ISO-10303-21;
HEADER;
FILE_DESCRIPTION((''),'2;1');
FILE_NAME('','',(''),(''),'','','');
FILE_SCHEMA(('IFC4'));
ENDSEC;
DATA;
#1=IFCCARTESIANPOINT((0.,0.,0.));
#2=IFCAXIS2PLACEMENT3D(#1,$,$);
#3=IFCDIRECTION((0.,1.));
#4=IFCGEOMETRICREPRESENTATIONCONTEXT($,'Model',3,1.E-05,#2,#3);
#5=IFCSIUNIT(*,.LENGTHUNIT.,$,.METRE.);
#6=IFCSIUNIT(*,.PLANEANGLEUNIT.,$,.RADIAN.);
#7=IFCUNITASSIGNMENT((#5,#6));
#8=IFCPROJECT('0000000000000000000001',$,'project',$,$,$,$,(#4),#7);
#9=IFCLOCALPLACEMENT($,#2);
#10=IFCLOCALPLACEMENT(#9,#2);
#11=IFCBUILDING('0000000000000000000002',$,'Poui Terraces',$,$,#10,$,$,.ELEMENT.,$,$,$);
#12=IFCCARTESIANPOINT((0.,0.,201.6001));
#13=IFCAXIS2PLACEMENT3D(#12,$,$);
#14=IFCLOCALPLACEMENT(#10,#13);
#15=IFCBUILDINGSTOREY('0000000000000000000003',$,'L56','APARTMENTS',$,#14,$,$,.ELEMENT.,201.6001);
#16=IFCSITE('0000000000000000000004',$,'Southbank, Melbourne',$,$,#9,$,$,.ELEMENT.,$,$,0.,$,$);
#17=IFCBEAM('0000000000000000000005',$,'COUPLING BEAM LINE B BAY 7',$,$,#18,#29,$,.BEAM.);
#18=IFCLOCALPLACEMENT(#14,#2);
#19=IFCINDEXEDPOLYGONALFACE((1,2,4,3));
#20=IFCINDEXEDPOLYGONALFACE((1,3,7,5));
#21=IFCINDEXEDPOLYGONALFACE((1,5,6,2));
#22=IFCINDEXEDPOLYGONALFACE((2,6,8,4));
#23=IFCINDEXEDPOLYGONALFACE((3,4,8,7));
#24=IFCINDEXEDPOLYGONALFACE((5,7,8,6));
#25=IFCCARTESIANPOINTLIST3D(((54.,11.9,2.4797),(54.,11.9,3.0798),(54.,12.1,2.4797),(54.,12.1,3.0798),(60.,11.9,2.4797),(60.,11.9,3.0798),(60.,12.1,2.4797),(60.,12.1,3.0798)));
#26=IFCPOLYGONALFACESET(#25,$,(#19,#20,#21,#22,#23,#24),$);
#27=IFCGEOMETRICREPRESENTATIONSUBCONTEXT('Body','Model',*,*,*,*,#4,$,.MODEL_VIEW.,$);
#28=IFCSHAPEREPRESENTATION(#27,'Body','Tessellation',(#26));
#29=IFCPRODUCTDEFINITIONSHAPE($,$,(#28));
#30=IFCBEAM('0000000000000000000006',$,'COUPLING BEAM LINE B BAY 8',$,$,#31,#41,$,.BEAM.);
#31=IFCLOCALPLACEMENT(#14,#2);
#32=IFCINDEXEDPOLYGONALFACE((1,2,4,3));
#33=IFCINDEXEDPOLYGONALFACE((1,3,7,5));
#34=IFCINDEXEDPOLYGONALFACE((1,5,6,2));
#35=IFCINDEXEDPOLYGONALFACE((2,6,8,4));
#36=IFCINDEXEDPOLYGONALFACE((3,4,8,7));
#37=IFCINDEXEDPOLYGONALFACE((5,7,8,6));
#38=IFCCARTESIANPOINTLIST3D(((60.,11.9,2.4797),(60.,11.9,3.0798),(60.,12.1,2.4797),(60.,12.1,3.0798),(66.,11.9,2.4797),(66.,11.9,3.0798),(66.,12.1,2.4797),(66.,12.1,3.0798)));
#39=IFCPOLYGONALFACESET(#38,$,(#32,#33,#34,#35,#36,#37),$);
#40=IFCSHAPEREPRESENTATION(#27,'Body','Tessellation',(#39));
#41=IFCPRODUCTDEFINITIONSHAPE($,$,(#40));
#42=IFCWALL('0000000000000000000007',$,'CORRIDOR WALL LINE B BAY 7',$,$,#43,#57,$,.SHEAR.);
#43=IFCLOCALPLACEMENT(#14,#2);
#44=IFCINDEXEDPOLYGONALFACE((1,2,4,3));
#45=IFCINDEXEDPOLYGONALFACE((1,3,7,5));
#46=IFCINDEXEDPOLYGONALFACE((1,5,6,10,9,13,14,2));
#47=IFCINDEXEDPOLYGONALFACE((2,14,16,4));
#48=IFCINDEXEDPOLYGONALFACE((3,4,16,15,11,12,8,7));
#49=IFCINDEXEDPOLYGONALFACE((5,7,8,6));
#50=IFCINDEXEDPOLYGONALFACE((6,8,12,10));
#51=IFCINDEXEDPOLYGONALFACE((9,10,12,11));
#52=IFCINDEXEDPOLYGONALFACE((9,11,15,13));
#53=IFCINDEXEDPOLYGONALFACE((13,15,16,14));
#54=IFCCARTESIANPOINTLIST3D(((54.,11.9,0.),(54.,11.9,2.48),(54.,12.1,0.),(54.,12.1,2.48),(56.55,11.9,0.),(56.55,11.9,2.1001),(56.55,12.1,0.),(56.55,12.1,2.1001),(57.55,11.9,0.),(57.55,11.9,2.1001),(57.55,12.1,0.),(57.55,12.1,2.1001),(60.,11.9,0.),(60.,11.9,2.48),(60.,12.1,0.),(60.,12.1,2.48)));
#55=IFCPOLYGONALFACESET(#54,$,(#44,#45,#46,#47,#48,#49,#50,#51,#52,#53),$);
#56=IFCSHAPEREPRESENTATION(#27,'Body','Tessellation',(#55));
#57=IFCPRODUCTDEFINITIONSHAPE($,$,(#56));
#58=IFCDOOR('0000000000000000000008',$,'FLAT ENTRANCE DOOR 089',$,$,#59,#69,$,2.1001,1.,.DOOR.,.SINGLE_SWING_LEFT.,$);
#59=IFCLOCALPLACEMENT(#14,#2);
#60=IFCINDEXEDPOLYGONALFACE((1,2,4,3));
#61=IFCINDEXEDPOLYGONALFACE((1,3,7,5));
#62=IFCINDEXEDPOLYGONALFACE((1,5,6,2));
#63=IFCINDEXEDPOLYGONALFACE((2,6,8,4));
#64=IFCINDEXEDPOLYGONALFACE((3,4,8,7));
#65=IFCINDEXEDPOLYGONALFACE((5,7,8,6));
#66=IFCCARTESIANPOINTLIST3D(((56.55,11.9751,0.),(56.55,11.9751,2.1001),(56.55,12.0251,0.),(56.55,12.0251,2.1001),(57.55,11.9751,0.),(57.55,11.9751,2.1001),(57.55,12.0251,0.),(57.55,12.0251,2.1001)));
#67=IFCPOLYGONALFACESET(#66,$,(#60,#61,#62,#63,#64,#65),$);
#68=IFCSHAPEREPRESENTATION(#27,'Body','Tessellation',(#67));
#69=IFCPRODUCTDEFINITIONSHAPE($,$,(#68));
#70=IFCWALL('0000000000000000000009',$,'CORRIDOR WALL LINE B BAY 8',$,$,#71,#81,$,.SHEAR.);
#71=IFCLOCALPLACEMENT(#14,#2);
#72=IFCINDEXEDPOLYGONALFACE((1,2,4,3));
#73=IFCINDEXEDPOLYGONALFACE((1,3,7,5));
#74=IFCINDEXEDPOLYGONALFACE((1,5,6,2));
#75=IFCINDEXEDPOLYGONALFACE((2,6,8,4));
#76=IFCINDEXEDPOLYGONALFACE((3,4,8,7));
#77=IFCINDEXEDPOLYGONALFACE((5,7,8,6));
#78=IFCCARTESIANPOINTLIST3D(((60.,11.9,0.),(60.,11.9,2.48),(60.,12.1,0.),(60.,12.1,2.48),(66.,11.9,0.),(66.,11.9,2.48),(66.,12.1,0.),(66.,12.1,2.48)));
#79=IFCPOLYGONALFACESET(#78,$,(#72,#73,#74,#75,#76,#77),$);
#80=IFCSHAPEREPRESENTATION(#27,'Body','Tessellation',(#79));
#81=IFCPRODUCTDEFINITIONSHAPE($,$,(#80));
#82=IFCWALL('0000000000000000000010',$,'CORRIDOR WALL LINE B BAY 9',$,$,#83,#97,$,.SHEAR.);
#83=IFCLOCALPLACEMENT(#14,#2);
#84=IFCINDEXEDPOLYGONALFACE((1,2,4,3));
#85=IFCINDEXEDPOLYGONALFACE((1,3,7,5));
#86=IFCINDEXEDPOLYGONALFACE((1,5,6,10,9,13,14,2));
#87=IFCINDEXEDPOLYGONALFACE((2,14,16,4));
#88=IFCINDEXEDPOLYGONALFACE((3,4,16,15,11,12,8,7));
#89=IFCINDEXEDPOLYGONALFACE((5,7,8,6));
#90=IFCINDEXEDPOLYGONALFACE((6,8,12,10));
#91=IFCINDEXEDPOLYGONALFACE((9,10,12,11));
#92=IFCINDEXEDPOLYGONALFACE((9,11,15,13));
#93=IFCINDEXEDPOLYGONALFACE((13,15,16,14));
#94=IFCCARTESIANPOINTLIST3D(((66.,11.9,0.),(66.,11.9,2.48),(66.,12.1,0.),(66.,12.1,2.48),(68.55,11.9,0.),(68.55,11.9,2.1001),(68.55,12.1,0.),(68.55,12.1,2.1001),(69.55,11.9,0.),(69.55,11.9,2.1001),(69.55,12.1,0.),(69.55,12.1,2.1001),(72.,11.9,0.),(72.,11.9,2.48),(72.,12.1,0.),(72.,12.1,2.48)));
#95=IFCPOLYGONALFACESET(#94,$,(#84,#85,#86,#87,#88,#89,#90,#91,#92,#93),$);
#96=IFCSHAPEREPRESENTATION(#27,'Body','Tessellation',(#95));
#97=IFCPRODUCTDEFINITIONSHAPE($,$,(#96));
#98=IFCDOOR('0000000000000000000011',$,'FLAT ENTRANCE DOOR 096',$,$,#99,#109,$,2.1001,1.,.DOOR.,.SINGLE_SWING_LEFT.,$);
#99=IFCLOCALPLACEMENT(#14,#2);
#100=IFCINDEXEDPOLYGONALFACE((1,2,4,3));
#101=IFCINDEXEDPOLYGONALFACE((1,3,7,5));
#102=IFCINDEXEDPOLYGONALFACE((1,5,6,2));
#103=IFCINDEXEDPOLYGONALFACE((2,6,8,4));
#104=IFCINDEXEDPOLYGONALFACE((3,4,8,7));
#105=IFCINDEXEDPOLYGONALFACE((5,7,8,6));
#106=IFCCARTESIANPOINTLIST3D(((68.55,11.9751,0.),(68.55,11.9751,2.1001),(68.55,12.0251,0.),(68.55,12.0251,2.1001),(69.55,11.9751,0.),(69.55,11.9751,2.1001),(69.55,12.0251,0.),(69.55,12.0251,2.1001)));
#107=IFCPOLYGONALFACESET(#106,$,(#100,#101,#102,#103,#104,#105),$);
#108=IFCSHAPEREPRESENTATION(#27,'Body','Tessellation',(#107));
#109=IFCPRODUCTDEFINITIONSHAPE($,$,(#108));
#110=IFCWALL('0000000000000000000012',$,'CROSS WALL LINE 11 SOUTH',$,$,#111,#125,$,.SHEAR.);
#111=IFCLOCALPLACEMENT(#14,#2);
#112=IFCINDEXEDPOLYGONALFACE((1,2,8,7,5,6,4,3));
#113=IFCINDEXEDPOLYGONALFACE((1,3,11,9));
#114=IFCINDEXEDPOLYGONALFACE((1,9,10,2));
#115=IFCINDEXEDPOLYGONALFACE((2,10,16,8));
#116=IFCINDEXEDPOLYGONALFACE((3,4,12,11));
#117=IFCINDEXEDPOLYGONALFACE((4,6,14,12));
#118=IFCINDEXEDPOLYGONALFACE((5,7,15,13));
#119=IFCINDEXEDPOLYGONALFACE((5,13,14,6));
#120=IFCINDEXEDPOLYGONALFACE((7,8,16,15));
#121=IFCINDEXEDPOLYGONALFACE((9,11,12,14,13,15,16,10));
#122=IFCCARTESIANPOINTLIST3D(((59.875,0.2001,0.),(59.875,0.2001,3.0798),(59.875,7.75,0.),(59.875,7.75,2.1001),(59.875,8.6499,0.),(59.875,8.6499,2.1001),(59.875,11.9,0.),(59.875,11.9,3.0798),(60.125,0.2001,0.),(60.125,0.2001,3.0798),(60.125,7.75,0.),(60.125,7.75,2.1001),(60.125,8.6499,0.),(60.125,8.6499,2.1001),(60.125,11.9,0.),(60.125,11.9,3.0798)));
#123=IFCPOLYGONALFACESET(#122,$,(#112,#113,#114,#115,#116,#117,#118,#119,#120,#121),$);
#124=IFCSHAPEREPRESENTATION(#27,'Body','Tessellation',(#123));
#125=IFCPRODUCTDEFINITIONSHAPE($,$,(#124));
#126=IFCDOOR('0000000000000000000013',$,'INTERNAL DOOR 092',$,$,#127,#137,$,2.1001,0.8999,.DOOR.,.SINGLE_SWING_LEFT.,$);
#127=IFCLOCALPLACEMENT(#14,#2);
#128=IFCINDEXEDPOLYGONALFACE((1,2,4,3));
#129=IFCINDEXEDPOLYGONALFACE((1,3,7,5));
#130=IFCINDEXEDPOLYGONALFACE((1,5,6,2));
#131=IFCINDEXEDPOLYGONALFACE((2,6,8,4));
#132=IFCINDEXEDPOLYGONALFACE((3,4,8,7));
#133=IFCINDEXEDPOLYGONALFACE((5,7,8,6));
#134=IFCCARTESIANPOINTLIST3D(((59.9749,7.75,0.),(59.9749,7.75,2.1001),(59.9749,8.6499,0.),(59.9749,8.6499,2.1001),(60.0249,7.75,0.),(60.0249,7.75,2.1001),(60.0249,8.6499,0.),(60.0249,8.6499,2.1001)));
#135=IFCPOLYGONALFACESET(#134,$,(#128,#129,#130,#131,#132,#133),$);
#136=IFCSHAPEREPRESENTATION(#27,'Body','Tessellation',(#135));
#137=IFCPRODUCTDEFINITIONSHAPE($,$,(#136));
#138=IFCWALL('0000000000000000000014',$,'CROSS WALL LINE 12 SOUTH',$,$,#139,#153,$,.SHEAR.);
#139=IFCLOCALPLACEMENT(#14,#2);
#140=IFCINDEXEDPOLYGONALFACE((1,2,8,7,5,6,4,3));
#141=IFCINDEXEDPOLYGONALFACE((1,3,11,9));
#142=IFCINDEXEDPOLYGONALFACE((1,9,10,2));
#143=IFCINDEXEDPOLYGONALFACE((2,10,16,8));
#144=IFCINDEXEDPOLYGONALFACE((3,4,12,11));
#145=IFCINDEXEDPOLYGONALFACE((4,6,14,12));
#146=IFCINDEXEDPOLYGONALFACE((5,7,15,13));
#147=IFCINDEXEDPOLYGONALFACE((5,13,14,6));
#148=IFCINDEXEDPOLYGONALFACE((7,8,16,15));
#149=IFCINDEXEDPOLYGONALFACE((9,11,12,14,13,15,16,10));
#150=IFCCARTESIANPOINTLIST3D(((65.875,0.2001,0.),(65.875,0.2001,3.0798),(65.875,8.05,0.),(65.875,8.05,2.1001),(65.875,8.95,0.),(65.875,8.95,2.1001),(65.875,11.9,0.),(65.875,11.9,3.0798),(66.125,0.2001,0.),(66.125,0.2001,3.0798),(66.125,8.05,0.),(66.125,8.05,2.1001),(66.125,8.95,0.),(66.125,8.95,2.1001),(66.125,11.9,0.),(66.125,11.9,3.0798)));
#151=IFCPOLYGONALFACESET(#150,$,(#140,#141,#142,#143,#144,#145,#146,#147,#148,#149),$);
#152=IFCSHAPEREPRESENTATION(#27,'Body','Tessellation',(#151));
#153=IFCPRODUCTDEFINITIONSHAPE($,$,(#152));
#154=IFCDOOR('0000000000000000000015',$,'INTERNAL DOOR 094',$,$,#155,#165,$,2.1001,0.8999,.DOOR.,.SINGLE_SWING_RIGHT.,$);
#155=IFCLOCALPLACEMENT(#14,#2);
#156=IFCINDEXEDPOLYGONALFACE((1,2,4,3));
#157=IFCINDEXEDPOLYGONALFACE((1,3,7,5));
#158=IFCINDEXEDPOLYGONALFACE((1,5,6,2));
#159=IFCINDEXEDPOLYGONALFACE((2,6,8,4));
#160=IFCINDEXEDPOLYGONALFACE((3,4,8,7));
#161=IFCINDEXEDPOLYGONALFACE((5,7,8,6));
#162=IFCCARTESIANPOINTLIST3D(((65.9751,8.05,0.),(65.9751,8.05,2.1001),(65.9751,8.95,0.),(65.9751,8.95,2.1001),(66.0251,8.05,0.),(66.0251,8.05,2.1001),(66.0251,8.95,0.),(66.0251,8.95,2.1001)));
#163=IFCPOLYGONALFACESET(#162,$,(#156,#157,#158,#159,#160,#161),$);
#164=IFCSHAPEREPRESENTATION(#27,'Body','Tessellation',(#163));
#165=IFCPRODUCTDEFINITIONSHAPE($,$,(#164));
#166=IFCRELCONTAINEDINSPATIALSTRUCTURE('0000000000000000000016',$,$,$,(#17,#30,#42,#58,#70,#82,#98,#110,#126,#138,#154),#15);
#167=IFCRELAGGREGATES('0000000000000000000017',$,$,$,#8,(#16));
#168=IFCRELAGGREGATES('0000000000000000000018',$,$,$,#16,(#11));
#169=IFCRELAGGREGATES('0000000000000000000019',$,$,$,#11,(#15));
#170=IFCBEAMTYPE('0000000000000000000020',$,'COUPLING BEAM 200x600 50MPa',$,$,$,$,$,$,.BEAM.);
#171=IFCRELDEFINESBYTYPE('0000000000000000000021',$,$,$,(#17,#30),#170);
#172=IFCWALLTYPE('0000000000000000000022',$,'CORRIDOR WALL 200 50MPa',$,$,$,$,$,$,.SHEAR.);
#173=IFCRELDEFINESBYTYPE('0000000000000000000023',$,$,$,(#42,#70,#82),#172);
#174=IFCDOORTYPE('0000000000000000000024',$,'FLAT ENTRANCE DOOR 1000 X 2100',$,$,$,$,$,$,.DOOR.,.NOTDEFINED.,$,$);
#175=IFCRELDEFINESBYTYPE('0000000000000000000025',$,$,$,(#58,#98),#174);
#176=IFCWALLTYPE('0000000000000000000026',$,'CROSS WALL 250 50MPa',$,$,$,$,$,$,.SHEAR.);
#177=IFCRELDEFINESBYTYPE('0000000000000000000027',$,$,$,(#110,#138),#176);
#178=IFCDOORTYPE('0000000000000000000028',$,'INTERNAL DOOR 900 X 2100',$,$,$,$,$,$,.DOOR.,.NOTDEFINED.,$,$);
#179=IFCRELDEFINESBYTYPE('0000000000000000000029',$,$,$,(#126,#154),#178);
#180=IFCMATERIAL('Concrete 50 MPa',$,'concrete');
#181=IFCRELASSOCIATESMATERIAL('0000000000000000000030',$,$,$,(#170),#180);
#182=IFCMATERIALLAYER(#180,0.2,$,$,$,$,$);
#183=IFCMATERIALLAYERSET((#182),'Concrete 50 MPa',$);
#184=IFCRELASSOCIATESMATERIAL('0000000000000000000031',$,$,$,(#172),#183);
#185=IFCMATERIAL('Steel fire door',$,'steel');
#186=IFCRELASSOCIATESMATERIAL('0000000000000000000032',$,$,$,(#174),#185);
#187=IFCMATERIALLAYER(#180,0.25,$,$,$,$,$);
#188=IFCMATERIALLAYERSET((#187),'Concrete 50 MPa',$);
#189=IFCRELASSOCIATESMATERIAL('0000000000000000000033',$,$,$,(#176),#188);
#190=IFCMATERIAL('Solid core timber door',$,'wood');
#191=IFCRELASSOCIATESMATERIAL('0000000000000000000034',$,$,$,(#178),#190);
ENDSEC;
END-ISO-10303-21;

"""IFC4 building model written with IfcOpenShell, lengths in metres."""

from ifc_helpers import new_model, si_unit, direction, frame, frame_2d, origin, origin_2d, place, context, subcontext, project, spatial, rectangle, extrude, source, transform, mapped, material, layer, layer_set, material_profile, profile_set, type_object, element, fill, save


model = new_model("IFC4")

# Units and contexts
model_context = context("Model", 3, precision=1e-05, world=origin(), true_north=direction((0.0, 1.0)))
body_context = subcontext(model_context, "Body", "Model", "MODEL_VIEW")
ifc_project = project(units=[si_unit("LENGTHUNIT", "METRE"), si_unit("PLANEANGLEUNIT", "RADIAN")], contexts=[model_context])

# Site, building, storey
site_placement = place(None, origin())
site = spatial("IfcSite", under=ifc_project, at=site_placement, Name="Southbank, Melbourne", CompositionType="ELEMENT", RefElevation=0.0)
building_placement = place(site_placement, origin())
building = spatial("IfcBuilding", under=site, at=building_placement, Name="Poui Terraces", CompositionType="ELEMENT")
storey_placement = place(building_placement, frame((0.0, 0.0, 201.6001)))
storey = spatial("IfcBuildingStorey", under=building, at=storey_placement, Name="L56", Description="APARTMENTS", CompositionType="ELEMENT", Elevation=201.6001)

# Beams
ifc_material_1 = material(Name="Concrete 50 MPa", Category="concrete")
ifc_material_profile = material_profile(ifc_material_1, rectangle(XDim=0.2, YDim=0.6001, at=origin_2d()), Name="RC 200x600")
ifc_profile_set = profile_set([ifc_material_profile], Name="Concrete 50 MPa")
beam_type = type_object("IfcBeamType", Name="COUPLING BEAM 200x600 50MPa", PredefinedType="BEAM", material=ifc_profile_set)
shared_shape = source(origin(), body_context, "Body", "SweptSolid", [
    extrude(rectangle(XDim=0.2, YDim=0.6001, at=origin_2d()), origin(), (0.0, 0.0, 1.0), 6.0),
])
for number, where, z_axis, x_axis, name in (
    (1, (54.0, 12.0, 2.7798), (1.0, 0.0, 0.0), (0.0, 1.0, 0.0), "COUPLING BEAM LINE B BAY 7"),
    (2, (60.0, 12.0, 2.7798), (1.0, 0.0, 0.0), (0.0, 1.0, 0.0), "COUPLING BEAM LINE B BAY 8"),
):
    element("IfcBeam", number, at=place(storey_placement, frame(where, z_axis=z_axis, x_axis=x_axis)), inside=storey, type_object=beam_type, Name=name, PredefinedType="BEAM", context=body_context, shape_type="MappedRepresentation", body=[
        mapped(shared_shape, transform((0.0, 0.0, 0.0))),
    ])

# Wall, opening, door
ifc_layer_1 = layer(ifc_material_1, 0.2)
ifc_layer_set_1 = layer_set([ifc_layer_1], Name="Concrete 50 MPa")
wall_type_1 = type_object("IfcWallType", Name="CORRIDOR WALL 200 50MPa", PredefinedType="SHEAR", material=ifc_layer_set_1)
wall_1_placement = place(storey_placement, frame((54.0, 12.0, 0.0), z_axis=(0.0, 0.0, 1.0), x_axis=(1.0, 0.0, 0.0)))
wall_1 = element("IfcWall", 3, at=wall_1_placement, inside=storey, type_object=wall_type_1, Name="CORRIDOR WALL LINE B BAY 7", PredefinedType="SHEAR", context=body_context, shape_type="SweptSolid", body=[
    extrude(rectangle(XDim=6.0, YDim=0.2, at=frame_2d((3.0, 0.0))), origin(), (0.0, 0.0, 1.0), 2.48),
])
opening_1_placement = place(wall_1_placement, frame((2.55, 0.0, 0.0)))
opening_1 = element("IfcOpeningElement", 4, at=opening_1_placement, cuts=wall_1, PredefinedType="OPENING", context=body_context, shape_type="SweptSolid", body=[
    extrude(rectangle(XDim=1.0, YDim=2.1001, at=frame_2d((0.5, 1.05))), frame((0.0, 0.1099, 0.0), z_axis=(0.0, -1.0, 0.0), x_axis=(1.0, 0.0, 0.0)), (0.0, 0.0, 1.0), 0.22),
])
ifc_material_2 = material(Name="Steel fire door", Category="steel")
door_type_1 = type_object("IfcDoorType", Name="FLAT ENTRANCE DOOR 1000 X 2100", OperationType="NOTDEFINED", PredefinedType="DOOR", material=ifc_material_2)
door_1_placement = place(opening_1_placement, frame((1.0, 0.0, 0.0), z_axis=(0.0, 0.0, 1.0), x_axis=(-1.0, 0.0, 0.0)))
door_1 = element("IfcDoor", 5, at=door_1_placement, inside=storey, type_object=door_type_1, Name="FLAT ENTRANCE DOOR 089", OperationType="SINGLE_SWING_LEFT", OverallHeight=2.1001, OverallWidth=1.0, PredefinedType="DOOR", context=body_context, shape_type="SweptSolid", body=[
    extrude(rectangle(XDim=1.0, YDim=2.1001, at=frame_2d((0.5, 1.05))), frame((0.0, 0.0249, 0.0), z_axis=(0.0, -1.0, 0.0), x_axis=(1.0, 0.0, 0.0)), (0.0, 0.0, 1.0), 0.05),
])
fill(opening_1, door_1)

# Wall
wall_2_placement = place(storey_placement, frame((60.0, 12.0, 0.0), z_axis=(0.0, 0.0, 1.0), x_axis=(1.0, 0.0, 0.0)))
element("IfcWall", 6, at=wall_2_placement, inside=storey, type_object=wall_type_1, Name="CORRIDOR WALL LINE B BAY 8", PredefinedType="SHEAR", context=body_context, shape_type="SweptSolid", body=[
    extrude(rectangle(XDim=6.0, YDim=0.2, at=frame_2d((3.0, 0.0))), origin(), (0.0, 0.0, 1.0), 2.48),
])

# Walls, openings, doors
wall_3_placement = place(storey_placement, frame((66.0, 12.0, 0.0), z_axis=(0.0, 0.0, 1.0), x_axis=(1.0, 0.0, 0.0)))
wall_3 = element("IfcWall", 7, at=wall_3_placement, inside=storey, type_object=wall_type_1, Name="CORRIDOR WALL LINE B BAY 9", PredefinedType="SHEAR", context=body_context, shape_type="SweptSolid", body=[
    extrude(rectangle(XDim=6.0, YDim=0.2, at=frame_2d((3.0, 0.0))), origin(), (0.0, 0.0, 1.0), 2.48),
])
opening_2_placement = place(wall_3_placement, frame((2.55, 0.0, 0.0)))
opening_2 = element("IfcOpeningElement", 8, at=opening_2_placement, cuts=wall_3, PredefinedType="OPENING", context=body_context, shape_type="SweptSolid", body=[
    extrude(rectangle(XDim=1.0, YDim=2.1001, at=frame_2d((0.5, 1.05))), frame((0.0, 0.1099, 0.0), z_axis=(0.0, -1.0, 0.0), x_axis=(1.0, 0.0, 0.0)), (0.0, 0.0, 1.0), 0.22),
])
door_2_placement = place(opening_2_placement, frame((1.0, 0.0, 0.0), z_axis=(0.0, 0.0, 1.0), x_axis=(-1.0, 0.0, 0.0)))
door_2 = element("IfcDoor", 9, at=door_2_placement, inside=storey, type_object=door_type_1, Name="FLAT ENTRANCE DOOR 096", OperationType="SINGLE_SWING_LEFT", OverallHeight=2.1001, OverallWidth=1.0, PredefinedType="DOOR", context=body_context, shape_type="SweptSolid", body=[
    extrude(rectangle(XDim=1.0, YDim=2.1001, at=frame_2d((0.5, 1.05))), frame((0.0, 0.0249, 0.0), z_axis=(0.0, -1.0, 0.0), x_axis=(1.0, 0.0, 0.0)), (0.0, 0.0, 1.0), 0.05),
])
fill(opening_2, door_2)
ifc_layer_2 = layer(ifc_material_1, 0.25)
ifc_layer_set_2 = layer_set([ifc_layer_2], Name="Concrete 50 MPa")
wall_type_2 = type_object("IfcWallType", Name="CROSS WALL 250 50MPa", PredefinedType="SHEAR", material=ifc_layer_set_2)
wall_4_placement = place(storey_placement, frame((60.0, 0.2, 0.0), z_axis=(0.0, 0.0, 1.0), x_axis=(0.0, 1.0, 0.0)))
wall_4 = element("IfcWall", 10, at=wall_4_placement, inside=storey, type_object=wall_type_2, Name="CROSS WALL LINE 11 SOUTH", PredefinedType="SHEAR", context=body_context, shape_type="SweptSolid", body=[
    extrude(rectangle(XDim=11.7, YDim=0.25, at=frame_2d((5.8501, 0.0))), origin(), (0.0, 0.0, 1.0), 3.0798),
])
opening_3_placement = place(wall_4_placement, frame((7.55, 0.0, 0.0)))
opening_3 = element("IfcOpeningElement", 11, at=opening_3_placement, cuts=wall_4, PredefinedType="OPENING", context=body_context, shape_type="SweptSolid", body=[
    extrude(rectangle(XDim=0.8999, YDim=2.1001, at=frame_2d((0.45, 1.05))), frame((0.0, 0.135, 0.0), z_axis=(0.0, -1.0, 0.0), x_axis=(1.0, 0.0, 0.0)), (0.0, 0.0, 1.0), 0.27),
])
ifc_material_3 = material(Name="Solid core timber door", Category="wood")
door_type_2 = type_object("IfcDoorType", Name="INTERNAL DOOR 900 X 2100", OperationType="NOTDEFINED", PredefinedType="DOOR", material=ifc_material_3)
door_3_placement = place(opening_3_placement, frame((0.8999, 0.0, 0.0), z_axis=(0.0, 0.0, 1.0), x_axis=(-1.0, 0.0, 0.0)))
door_3 = element("IfcDoor", 12, at=door_3_placement, inside=storey, type_object=door_type_2, Name="INTERNAL DOOR 092", OperationType="SINGLE_SWING_LEFT", OverallHeight=2.1001, OverallWidth=0.8999, PredefinedType="DOOR", context=body_context, shape_type="SweptSolid", body=[
    extrude(rectangle(XDim=0.8999, YDim=2.1001, at=frame_2d((0.45, 1.05))), frame((0.0, 0.0249, 0.0), z_axis=(0.0, -1.0, 0.0), x_axis=(1.0, 0.0, 0.0)), (0.0, 0.0, 1.0), 0.05),
])
fill(opening_3, door_3)
wall_5_placement = place(storey_placement, frame((66.0, 0.2, 0.0), z_axis=(0.0, 0.0, 1.0), x_axis=(0.0, 1.0, 0.0)))
wall_5 = element("IfcWall", 13, at=wall_5_placement, inside=storey, type_object=wall_type_2, Name="CROSS WALL LINE 12 SOUTH", PredefinedType="SHEAR", context=body_context, shape_type="SweptSolid", body=[
    extrude(rectangle(XDim=11.7, YDim=0.25, at=frame_2d((5.8501, 0.0))), origin(), (0.0, 0.0, 1.0), 3.0798),
])
opening_4_placement = place(wall_5_placement, frame((7.8501, 0.0, 0.0)))
opening_4 = element("IfcOpeningElement", 14, at=opening_4_placement, cuts=wall_5, PredefinedType="OPENING", context=body_context, shape_type="SweptSolid", body=[
    extrude(rectangle(XDim=0.8999, YDim=2.1001, at=frame_2d((0.45, 1.05))), frame((0.0, 0.135, 0.0), z_axis=(0.0, -1.0, 0.0), x_axis=(1.0, 0.0, 0.0)), (0.0, 0.0, 1.0), 0.27),
])
door_4_placement = place(opening_4_placement, origin())
door_4 = element("IfcDoor", 15, at=door_4_placement, inside=storey, type_object=door_type_2, Name="INTERNAL DOOR 094", OperationType="SINGLE_SWING_RIGHT", OverallHeight=2.1001, OverallWidth=0.8999, PredefinedType="DOOR", context=body_context, shape_type="SweptSolid", body=[
    extrude(rectangle(XDim=0.8999, YDim=2.1001, at=frame_2d((0.45, 1.05))), frame((0.0, 0.0249, 0.0), z_axis=(0.0, -1.0, 0.0), x_axis=(1.0, 0.0, 0.0)), (0.0, 0.0, 1.0), 0.05),
])
fill(opening_4, door_4)

save(model, "model.ifc")
